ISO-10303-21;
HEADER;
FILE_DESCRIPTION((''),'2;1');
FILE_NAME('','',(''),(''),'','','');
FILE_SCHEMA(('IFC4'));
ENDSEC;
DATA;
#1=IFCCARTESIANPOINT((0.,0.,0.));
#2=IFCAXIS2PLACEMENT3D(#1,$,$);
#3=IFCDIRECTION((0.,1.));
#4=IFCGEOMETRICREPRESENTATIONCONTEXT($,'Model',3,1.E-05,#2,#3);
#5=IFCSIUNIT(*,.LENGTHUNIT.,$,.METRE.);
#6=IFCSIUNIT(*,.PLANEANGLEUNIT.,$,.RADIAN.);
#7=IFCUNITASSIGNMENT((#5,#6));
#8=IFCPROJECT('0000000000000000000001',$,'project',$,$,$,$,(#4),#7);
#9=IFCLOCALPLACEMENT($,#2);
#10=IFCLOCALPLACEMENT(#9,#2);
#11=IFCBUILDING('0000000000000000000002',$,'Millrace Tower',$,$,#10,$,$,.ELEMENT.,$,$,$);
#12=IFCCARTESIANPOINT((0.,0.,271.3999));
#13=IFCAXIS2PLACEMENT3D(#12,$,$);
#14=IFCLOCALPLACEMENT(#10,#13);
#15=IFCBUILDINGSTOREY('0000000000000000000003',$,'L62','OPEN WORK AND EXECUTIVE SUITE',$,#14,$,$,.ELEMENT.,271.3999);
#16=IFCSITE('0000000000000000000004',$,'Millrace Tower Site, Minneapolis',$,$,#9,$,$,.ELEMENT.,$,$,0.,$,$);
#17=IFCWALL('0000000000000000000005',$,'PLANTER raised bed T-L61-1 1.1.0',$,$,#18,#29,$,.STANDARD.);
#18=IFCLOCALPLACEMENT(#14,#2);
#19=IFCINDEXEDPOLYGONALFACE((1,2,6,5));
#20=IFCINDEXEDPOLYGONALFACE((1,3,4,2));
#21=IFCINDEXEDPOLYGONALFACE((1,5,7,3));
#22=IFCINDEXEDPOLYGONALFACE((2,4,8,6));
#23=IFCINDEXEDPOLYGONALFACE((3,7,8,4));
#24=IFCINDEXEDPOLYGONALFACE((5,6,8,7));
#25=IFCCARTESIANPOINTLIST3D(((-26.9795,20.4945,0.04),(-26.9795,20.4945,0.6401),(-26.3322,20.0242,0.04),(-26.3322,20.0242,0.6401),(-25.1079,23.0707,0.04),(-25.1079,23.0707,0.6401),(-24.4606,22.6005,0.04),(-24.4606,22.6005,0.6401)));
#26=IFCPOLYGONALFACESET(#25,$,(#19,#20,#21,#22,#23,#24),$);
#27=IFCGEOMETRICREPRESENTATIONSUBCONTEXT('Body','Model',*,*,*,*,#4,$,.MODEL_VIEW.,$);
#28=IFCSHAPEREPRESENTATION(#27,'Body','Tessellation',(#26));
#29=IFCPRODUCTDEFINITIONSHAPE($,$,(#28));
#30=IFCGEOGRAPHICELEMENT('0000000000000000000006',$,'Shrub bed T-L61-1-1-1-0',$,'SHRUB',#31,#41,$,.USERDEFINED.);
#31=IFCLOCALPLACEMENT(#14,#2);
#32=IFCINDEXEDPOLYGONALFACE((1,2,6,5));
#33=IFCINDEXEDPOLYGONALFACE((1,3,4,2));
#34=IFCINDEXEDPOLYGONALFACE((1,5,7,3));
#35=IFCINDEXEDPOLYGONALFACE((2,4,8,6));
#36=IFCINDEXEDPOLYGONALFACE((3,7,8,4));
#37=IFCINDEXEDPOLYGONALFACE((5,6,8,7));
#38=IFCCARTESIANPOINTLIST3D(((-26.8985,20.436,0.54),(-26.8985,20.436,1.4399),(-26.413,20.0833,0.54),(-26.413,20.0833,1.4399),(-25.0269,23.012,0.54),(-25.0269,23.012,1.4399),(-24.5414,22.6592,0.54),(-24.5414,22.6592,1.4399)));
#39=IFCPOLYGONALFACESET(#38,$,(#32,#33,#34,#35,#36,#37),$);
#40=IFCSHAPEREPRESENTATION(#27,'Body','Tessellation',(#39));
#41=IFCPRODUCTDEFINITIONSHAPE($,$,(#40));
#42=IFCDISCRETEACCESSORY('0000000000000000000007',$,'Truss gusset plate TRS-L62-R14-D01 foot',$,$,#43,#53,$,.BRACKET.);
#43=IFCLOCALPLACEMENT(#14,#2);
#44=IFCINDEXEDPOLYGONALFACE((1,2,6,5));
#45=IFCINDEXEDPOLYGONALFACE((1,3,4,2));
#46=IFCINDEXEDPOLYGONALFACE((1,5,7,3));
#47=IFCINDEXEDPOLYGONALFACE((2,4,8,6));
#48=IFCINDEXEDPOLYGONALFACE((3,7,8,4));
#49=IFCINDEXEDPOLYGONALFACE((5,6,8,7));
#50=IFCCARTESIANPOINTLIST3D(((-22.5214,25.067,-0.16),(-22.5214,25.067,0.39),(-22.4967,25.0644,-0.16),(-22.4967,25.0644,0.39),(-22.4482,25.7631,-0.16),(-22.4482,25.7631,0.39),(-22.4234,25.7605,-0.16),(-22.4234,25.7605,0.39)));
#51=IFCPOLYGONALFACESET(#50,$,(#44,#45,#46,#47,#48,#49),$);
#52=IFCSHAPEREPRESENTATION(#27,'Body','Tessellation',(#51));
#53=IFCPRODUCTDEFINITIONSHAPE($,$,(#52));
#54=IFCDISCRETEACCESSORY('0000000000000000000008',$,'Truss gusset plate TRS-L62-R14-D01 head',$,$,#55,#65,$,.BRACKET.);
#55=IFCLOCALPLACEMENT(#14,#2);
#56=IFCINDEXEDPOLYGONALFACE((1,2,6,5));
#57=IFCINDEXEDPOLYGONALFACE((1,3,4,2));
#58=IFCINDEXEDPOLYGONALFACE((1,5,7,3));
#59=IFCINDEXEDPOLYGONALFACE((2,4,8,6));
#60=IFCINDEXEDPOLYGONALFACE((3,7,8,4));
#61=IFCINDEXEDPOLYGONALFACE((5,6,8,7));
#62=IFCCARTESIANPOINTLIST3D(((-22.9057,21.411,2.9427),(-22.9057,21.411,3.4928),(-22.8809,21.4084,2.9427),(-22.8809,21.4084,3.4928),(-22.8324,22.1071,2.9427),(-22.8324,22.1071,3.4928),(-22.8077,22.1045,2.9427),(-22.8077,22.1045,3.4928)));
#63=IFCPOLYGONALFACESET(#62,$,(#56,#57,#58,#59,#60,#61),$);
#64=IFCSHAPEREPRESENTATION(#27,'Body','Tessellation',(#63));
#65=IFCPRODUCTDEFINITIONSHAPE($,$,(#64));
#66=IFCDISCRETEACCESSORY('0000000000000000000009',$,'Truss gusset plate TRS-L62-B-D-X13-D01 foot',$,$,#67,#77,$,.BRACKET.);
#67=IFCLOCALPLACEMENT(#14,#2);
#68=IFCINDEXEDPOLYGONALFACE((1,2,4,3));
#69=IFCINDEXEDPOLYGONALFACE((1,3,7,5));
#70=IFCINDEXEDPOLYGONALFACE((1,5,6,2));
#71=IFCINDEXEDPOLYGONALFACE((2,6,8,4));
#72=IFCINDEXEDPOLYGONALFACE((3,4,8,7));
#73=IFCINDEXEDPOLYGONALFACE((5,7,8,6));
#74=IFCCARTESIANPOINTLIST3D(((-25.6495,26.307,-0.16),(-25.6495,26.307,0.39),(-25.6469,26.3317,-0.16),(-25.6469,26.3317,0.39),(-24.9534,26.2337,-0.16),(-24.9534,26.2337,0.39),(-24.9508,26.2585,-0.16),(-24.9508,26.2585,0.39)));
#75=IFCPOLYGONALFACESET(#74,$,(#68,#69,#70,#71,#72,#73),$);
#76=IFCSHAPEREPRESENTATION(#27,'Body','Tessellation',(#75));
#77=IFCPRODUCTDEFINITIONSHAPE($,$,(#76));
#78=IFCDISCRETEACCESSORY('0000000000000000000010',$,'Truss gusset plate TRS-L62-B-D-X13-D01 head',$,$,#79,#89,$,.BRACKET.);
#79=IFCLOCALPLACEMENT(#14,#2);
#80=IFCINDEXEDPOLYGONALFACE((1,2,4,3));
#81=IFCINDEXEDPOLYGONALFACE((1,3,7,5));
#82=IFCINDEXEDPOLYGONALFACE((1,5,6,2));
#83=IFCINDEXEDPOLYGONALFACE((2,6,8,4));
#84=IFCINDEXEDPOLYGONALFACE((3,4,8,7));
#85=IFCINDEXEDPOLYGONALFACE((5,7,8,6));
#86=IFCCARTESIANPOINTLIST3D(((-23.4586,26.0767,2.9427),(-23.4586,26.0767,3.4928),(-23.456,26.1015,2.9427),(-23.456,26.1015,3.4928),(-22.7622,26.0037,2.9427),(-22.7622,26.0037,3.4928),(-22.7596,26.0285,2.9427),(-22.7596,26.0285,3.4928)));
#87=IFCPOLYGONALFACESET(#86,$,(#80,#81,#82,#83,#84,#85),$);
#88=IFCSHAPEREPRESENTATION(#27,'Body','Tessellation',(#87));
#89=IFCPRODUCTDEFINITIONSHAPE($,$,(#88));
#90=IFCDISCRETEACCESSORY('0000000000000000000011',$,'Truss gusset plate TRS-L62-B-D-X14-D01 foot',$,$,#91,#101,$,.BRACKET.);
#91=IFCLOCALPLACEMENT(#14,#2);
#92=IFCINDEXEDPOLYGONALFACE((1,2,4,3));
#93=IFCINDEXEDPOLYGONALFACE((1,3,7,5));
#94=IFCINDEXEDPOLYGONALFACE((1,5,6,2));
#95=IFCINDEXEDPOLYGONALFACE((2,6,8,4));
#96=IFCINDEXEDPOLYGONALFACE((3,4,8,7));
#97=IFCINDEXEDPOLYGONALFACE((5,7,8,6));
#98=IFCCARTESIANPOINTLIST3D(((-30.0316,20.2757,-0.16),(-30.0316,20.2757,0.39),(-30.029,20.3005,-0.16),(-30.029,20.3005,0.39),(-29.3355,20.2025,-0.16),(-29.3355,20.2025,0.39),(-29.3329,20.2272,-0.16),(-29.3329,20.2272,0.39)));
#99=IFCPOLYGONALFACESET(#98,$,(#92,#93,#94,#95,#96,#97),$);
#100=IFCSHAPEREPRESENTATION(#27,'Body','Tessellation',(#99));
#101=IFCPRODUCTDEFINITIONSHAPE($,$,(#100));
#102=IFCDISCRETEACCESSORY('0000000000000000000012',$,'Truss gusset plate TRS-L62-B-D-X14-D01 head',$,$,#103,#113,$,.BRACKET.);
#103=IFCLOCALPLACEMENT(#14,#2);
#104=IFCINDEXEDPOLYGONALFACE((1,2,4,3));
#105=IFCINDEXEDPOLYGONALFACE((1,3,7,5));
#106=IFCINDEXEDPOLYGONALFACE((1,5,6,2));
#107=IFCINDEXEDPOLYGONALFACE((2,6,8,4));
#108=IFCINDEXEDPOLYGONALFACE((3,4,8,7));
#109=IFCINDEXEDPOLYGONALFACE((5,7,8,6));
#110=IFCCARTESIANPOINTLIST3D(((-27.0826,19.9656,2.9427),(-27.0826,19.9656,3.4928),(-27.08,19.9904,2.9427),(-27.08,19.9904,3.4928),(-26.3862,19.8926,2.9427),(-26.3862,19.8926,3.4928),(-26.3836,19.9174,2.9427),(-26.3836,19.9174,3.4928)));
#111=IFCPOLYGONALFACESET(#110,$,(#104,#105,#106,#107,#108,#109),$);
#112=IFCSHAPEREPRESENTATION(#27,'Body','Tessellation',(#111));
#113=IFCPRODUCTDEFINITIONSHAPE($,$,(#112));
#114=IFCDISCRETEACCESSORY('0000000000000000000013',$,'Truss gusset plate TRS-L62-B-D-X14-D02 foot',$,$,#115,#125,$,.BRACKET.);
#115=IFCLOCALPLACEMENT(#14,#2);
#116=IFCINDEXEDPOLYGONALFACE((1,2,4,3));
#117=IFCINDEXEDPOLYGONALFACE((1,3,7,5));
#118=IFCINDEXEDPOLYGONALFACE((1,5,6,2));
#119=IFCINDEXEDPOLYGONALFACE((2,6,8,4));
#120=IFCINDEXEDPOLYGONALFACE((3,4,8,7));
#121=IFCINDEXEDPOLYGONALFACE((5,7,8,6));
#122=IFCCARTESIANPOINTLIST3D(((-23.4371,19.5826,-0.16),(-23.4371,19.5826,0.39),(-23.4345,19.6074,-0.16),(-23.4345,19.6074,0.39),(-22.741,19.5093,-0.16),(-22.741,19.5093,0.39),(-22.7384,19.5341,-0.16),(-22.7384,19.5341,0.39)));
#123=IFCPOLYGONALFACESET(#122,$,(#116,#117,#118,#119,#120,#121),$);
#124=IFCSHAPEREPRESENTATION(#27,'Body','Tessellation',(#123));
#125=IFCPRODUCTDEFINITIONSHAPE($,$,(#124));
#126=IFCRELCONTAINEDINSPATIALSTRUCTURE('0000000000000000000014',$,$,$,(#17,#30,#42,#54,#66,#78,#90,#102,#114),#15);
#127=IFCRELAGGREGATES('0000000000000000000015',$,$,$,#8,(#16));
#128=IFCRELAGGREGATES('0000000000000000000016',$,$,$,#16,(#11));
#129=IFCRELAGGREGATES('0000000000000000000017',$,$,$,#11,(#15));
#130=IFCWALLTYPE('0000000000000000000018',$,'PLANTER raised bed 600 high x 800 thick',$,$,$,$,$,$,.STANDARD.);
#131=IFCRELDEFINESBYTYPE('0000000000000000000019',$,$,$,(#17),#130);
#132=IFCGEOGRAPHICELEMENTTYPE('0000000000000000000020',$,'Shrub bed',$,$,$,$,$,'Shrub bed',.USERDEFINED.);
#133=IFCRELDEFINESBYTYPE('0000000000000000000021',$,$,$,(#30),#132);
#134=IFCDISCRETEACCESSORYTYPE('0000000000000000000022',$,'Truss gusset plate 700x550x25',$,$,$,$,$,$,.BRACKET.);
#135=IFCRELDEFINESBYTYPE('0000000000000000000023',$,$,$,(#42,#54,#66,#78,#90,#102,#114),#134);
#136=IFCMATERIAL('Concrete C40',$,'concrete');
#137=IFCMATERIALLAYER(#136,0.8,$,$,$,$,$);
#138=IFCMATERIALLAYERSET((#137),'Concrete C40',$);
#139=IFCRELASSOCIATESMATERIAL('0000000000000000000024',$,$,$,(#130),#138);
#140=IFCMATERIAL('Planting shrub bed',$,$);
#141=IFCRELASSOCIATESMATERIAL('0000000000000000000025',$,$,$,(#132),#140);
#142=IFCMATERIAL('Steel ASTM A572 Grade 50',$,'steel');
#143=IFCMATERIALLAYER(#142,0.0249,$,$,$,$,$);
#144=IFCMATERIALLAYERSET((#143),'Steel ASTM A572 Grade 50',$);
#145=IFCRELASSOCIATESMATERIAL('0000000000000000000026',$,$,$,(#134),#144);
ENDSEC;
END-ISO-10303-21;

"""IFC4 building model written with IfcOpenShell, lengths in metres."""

from ifc_helpers import new_model, si_unit, direction, frame, frame_2d, origin, origin_2d, place, context, subcontext, project, spatial, rectangle, extrude, material, layer, layer_set, type_object, element, save


model = new_model("IFC4")

# Units and contexts
model_context = context("Model", 3, precision=1e-05, world=origin(), true_north=direction((0.0, 1.0)))
body_context = subcontext(model_context, "Body", "Model", "MODEL_VIEW")
ifc_project = project(units=[si_unit("LENGTHUNIT", "METRE"), si_unit("PLANEANGLEUNIT", "RADIAN")], contexts=[model_context])

# Site, building, storey
site_placement = place(None, origin())
site = spatial("IfcSite", under=ifc_project, at=site_placement, Name="Millrace Tower Site, Minneapolis", CompositionType="ELEMENT", RefElevation=0.0)
building_placement = place(site_placement, origin())
building = spatial("IfcBuilding", under=site, at=building_placement, Name="Millrace Tower", CompositionType="ELEMENT")
storey_placement = place(building_placement, frame((0.0, 0.0, 271.3999)))
storey = spatial("IfcBuildingStorey", under=building, at=storey_placement, Name="L62", Description="OPEN WORK AND EXECUTIVE SUITE", CompositionType="ELEMENT", Elevation=271.3999)

# Wall
ifc_material_1 = material(Name="Concrete C40", Category="concrete")
ifc_layer_1 = layer(ifc_material_1, 0.8)
ifc_layer_set_1 = layer_set([ifc_layer_1], Name="Concrete C40")
wall_type = type_object("IfcWallType", Name="PLANTER raised bed 600 high x 800 thick", PredefinedType="STANDARD", material=ifc_layer_set_1)
wall_placement = place(storey_placement, frame((-24.7842, 22.8357, 0.04), z_axis=(0.0, 0.0, 1.0), x_axis=(-0.587761, -0.809034, 0.0)))
element("IfcWall", 1, at=wall_placement, inside=storey, type_object=wall_type, Name="PLANTER raised bed T-L61-1 1.1.0", PredefinedType="STANDARD", context=body_context, shape_type="SweptSolid", body=[
    extrude(rectangle(XDim=3.1843, YDim=0.8, at=frame_2d((1.5923, 0.0))), origin(), (0.0, 0.0, 1.0), 0.6001),
])

# Geographic element
ifc_material_2 = material(Name="Planting shrub bed")
geographic_element_type = type_object("IfcGeographicElementType", Name="Shrub bed", ElementType="Shrub bed", PredefinedType="USERDEFINED", material=ifc_material_2)
geographic_element_placement = place(storey_placement, frame((-25.72, 21.5476, 0.54), z_axis=(0.0, 0.0, 1.0), x_axis=(-0.587785, -0.809017, 0.0)))
element("IfcGeographicElement", 2, at=geographic_element_placement, inside=storey, type_object=geographic_element_type, Name="Shrub bed T-L61-1-1-1-0", ObjectType="SHRUB", PredefinedType="USERDEFINED", context=body_context, shape_type="SweptSolid", body=[
    extrude(rectangle(XDim=3.1841, YDim=0.6001, at=origin_2d()), origin(), (0.0, 0.0, 1.0), 0.8999),
])

# Discrete accessories
ifc_material_3 = material(Name="Steel ASTM A572 Grade 50", Category="steel")
ifc_layer_2 = layer(ifc_material_3, 0.0249)
ifc_layer_set_2 = layer_set([ifc_layer_2], Name="Steel ASTM A572 Grade 50")
discrete_accessory_type = type_object("IfcDiscreteAccessoryType", Name="Truss gusset plate 700x550x25", PredefinedType="BRACKET", material=ifc_layer_set_2)
for number, where, z_axis, x_axis, name in (
    (3, (-22.509, 25.0657, 0.115), (0.104648, 0.994509, 0.0), (-0.994509, 0.104648, 0.0), "Truss gusset plate TRS-L62-R14-D01 foot"),
    (4, (-22.8933, 21.4097, 3.2178), (0.104648, 0.994509, 0.0), (-0.994509, 0.104648, 0.0), "Truss gusset plate TRS-L62-R14-D01 head"),
    (5, (-25.6482, 26.3193, 0.115), (0.994509, -0.104648, 0.0), (0.104648, 0.994509, 0.0), "Truss gusset plate TRS-L62-B-D-X13-D01 foot"),
):
    element("IfcDiscreteAccessory", number, at=place(storey_placement, frame(where, z_axis=z_axis, x_axis=x_axis)), inside=storey, type_object=discrete_accessory_type, Name=name, PredefinedType="BRACKET", context=body_context, shape_type="SweptSolid", body=[
        extrude(rectangle(XDim=0.0249, YDim=0.55, at=origin_2d()), origin(), (0.0, 0.0, 1.0), 0.7),
    ])
discrete_accessory_1_placement = place(storey_placement, frame((-23.4573, 26.0891, 3.2178), z_axis=(0.994549, -0.104267, 0.0), x_axis=(0.104267, 0.994549, 0.0)))
element("IfcDiscreteAccessory", 6, at=discrete_accessory_1_placement, inside=storey, type_object=discrete_accessory_type, Name="Truss gusset plate TRS-L62-B-D-X13-D01 head", PredefinedType="BRACKET", context=body_context, shape_type="SweptSolid", body=[
    extrude(rectangle(XDim=0.0249, YDim=0.55, at=origin_2d()), origin(), (0.0, 0.0, 1.0), 0.7002),
])
discrete_accessory_2_placement = place(storey_placement, frame((-30.0303, 20.2881, 0.115), z_axis=(0.994509, -0.104648, 0.0), x_axis=(0.104648, 0.994509, 0.0)))
element("IfcDiscreteAccessory", 7, at=discrete_accessory_2_placement, inside=storey, type_object=discrete_accessory_type, Name="Truss gusset plate TRS-L62-B-D-X14-D01 foot", PredefinedType="BRACKET", context=body_context, shape_type="SweptSolid", body=[
    extrude(rectangle(XDim=0.0249, YDim=0.55, at=origin_2d()), origin(), (0.0, 0.0, 1.0), 0.7),
])
discrete_accessory_3_placement = place(storey_placement, frame((-27.0813, 19.978, 3.2178), z_axis=(0.994549, -0.104267, 0.0), x_axis=(0.104267, 0.994549, 0.0)))
element("IfcDiscreteAccessory", 8, at=discrete_accessory_3_placement, inside=storey, type_object=discrete_accessory_type, Name="Truss gusset plate TRS-L62-B-D-X14-D01 head", PredefinedType="BRACKET", context=body_context, shape_type="SweptSolid", body=[
    extrude(rectangle(XDim=0.0249, YDim=0.55, at=origin_2d()), origin(), (0.0, 0.0, 1.0), 0.7002),
])
discrete_accessory_4_placement = place(storey_placement, frame((-23.4358, 19.595, 0.115), z_axis=(0.994509, -0.104648, 0.0), x_axis=(0.104648, 0.994509, 0.0)))
element("IfcDiscreteAccessory", 9, at=discrete_accessory_4_placement, inside=storey, type_object=discrete_accessory_type, Name="Truss gusset plate TRS-L62-B-D-X14-D02 foot", PredefinedType="BRACKET", context=body_context, shape_type="SweptSolid", body=[
    extrude(rectangle(XDim=0.0249, YDim=0.55, at=origin_2d()), origin(), (0.0, 0.0, 1.0), 0.7),
])

save(model, "model.ifc")
